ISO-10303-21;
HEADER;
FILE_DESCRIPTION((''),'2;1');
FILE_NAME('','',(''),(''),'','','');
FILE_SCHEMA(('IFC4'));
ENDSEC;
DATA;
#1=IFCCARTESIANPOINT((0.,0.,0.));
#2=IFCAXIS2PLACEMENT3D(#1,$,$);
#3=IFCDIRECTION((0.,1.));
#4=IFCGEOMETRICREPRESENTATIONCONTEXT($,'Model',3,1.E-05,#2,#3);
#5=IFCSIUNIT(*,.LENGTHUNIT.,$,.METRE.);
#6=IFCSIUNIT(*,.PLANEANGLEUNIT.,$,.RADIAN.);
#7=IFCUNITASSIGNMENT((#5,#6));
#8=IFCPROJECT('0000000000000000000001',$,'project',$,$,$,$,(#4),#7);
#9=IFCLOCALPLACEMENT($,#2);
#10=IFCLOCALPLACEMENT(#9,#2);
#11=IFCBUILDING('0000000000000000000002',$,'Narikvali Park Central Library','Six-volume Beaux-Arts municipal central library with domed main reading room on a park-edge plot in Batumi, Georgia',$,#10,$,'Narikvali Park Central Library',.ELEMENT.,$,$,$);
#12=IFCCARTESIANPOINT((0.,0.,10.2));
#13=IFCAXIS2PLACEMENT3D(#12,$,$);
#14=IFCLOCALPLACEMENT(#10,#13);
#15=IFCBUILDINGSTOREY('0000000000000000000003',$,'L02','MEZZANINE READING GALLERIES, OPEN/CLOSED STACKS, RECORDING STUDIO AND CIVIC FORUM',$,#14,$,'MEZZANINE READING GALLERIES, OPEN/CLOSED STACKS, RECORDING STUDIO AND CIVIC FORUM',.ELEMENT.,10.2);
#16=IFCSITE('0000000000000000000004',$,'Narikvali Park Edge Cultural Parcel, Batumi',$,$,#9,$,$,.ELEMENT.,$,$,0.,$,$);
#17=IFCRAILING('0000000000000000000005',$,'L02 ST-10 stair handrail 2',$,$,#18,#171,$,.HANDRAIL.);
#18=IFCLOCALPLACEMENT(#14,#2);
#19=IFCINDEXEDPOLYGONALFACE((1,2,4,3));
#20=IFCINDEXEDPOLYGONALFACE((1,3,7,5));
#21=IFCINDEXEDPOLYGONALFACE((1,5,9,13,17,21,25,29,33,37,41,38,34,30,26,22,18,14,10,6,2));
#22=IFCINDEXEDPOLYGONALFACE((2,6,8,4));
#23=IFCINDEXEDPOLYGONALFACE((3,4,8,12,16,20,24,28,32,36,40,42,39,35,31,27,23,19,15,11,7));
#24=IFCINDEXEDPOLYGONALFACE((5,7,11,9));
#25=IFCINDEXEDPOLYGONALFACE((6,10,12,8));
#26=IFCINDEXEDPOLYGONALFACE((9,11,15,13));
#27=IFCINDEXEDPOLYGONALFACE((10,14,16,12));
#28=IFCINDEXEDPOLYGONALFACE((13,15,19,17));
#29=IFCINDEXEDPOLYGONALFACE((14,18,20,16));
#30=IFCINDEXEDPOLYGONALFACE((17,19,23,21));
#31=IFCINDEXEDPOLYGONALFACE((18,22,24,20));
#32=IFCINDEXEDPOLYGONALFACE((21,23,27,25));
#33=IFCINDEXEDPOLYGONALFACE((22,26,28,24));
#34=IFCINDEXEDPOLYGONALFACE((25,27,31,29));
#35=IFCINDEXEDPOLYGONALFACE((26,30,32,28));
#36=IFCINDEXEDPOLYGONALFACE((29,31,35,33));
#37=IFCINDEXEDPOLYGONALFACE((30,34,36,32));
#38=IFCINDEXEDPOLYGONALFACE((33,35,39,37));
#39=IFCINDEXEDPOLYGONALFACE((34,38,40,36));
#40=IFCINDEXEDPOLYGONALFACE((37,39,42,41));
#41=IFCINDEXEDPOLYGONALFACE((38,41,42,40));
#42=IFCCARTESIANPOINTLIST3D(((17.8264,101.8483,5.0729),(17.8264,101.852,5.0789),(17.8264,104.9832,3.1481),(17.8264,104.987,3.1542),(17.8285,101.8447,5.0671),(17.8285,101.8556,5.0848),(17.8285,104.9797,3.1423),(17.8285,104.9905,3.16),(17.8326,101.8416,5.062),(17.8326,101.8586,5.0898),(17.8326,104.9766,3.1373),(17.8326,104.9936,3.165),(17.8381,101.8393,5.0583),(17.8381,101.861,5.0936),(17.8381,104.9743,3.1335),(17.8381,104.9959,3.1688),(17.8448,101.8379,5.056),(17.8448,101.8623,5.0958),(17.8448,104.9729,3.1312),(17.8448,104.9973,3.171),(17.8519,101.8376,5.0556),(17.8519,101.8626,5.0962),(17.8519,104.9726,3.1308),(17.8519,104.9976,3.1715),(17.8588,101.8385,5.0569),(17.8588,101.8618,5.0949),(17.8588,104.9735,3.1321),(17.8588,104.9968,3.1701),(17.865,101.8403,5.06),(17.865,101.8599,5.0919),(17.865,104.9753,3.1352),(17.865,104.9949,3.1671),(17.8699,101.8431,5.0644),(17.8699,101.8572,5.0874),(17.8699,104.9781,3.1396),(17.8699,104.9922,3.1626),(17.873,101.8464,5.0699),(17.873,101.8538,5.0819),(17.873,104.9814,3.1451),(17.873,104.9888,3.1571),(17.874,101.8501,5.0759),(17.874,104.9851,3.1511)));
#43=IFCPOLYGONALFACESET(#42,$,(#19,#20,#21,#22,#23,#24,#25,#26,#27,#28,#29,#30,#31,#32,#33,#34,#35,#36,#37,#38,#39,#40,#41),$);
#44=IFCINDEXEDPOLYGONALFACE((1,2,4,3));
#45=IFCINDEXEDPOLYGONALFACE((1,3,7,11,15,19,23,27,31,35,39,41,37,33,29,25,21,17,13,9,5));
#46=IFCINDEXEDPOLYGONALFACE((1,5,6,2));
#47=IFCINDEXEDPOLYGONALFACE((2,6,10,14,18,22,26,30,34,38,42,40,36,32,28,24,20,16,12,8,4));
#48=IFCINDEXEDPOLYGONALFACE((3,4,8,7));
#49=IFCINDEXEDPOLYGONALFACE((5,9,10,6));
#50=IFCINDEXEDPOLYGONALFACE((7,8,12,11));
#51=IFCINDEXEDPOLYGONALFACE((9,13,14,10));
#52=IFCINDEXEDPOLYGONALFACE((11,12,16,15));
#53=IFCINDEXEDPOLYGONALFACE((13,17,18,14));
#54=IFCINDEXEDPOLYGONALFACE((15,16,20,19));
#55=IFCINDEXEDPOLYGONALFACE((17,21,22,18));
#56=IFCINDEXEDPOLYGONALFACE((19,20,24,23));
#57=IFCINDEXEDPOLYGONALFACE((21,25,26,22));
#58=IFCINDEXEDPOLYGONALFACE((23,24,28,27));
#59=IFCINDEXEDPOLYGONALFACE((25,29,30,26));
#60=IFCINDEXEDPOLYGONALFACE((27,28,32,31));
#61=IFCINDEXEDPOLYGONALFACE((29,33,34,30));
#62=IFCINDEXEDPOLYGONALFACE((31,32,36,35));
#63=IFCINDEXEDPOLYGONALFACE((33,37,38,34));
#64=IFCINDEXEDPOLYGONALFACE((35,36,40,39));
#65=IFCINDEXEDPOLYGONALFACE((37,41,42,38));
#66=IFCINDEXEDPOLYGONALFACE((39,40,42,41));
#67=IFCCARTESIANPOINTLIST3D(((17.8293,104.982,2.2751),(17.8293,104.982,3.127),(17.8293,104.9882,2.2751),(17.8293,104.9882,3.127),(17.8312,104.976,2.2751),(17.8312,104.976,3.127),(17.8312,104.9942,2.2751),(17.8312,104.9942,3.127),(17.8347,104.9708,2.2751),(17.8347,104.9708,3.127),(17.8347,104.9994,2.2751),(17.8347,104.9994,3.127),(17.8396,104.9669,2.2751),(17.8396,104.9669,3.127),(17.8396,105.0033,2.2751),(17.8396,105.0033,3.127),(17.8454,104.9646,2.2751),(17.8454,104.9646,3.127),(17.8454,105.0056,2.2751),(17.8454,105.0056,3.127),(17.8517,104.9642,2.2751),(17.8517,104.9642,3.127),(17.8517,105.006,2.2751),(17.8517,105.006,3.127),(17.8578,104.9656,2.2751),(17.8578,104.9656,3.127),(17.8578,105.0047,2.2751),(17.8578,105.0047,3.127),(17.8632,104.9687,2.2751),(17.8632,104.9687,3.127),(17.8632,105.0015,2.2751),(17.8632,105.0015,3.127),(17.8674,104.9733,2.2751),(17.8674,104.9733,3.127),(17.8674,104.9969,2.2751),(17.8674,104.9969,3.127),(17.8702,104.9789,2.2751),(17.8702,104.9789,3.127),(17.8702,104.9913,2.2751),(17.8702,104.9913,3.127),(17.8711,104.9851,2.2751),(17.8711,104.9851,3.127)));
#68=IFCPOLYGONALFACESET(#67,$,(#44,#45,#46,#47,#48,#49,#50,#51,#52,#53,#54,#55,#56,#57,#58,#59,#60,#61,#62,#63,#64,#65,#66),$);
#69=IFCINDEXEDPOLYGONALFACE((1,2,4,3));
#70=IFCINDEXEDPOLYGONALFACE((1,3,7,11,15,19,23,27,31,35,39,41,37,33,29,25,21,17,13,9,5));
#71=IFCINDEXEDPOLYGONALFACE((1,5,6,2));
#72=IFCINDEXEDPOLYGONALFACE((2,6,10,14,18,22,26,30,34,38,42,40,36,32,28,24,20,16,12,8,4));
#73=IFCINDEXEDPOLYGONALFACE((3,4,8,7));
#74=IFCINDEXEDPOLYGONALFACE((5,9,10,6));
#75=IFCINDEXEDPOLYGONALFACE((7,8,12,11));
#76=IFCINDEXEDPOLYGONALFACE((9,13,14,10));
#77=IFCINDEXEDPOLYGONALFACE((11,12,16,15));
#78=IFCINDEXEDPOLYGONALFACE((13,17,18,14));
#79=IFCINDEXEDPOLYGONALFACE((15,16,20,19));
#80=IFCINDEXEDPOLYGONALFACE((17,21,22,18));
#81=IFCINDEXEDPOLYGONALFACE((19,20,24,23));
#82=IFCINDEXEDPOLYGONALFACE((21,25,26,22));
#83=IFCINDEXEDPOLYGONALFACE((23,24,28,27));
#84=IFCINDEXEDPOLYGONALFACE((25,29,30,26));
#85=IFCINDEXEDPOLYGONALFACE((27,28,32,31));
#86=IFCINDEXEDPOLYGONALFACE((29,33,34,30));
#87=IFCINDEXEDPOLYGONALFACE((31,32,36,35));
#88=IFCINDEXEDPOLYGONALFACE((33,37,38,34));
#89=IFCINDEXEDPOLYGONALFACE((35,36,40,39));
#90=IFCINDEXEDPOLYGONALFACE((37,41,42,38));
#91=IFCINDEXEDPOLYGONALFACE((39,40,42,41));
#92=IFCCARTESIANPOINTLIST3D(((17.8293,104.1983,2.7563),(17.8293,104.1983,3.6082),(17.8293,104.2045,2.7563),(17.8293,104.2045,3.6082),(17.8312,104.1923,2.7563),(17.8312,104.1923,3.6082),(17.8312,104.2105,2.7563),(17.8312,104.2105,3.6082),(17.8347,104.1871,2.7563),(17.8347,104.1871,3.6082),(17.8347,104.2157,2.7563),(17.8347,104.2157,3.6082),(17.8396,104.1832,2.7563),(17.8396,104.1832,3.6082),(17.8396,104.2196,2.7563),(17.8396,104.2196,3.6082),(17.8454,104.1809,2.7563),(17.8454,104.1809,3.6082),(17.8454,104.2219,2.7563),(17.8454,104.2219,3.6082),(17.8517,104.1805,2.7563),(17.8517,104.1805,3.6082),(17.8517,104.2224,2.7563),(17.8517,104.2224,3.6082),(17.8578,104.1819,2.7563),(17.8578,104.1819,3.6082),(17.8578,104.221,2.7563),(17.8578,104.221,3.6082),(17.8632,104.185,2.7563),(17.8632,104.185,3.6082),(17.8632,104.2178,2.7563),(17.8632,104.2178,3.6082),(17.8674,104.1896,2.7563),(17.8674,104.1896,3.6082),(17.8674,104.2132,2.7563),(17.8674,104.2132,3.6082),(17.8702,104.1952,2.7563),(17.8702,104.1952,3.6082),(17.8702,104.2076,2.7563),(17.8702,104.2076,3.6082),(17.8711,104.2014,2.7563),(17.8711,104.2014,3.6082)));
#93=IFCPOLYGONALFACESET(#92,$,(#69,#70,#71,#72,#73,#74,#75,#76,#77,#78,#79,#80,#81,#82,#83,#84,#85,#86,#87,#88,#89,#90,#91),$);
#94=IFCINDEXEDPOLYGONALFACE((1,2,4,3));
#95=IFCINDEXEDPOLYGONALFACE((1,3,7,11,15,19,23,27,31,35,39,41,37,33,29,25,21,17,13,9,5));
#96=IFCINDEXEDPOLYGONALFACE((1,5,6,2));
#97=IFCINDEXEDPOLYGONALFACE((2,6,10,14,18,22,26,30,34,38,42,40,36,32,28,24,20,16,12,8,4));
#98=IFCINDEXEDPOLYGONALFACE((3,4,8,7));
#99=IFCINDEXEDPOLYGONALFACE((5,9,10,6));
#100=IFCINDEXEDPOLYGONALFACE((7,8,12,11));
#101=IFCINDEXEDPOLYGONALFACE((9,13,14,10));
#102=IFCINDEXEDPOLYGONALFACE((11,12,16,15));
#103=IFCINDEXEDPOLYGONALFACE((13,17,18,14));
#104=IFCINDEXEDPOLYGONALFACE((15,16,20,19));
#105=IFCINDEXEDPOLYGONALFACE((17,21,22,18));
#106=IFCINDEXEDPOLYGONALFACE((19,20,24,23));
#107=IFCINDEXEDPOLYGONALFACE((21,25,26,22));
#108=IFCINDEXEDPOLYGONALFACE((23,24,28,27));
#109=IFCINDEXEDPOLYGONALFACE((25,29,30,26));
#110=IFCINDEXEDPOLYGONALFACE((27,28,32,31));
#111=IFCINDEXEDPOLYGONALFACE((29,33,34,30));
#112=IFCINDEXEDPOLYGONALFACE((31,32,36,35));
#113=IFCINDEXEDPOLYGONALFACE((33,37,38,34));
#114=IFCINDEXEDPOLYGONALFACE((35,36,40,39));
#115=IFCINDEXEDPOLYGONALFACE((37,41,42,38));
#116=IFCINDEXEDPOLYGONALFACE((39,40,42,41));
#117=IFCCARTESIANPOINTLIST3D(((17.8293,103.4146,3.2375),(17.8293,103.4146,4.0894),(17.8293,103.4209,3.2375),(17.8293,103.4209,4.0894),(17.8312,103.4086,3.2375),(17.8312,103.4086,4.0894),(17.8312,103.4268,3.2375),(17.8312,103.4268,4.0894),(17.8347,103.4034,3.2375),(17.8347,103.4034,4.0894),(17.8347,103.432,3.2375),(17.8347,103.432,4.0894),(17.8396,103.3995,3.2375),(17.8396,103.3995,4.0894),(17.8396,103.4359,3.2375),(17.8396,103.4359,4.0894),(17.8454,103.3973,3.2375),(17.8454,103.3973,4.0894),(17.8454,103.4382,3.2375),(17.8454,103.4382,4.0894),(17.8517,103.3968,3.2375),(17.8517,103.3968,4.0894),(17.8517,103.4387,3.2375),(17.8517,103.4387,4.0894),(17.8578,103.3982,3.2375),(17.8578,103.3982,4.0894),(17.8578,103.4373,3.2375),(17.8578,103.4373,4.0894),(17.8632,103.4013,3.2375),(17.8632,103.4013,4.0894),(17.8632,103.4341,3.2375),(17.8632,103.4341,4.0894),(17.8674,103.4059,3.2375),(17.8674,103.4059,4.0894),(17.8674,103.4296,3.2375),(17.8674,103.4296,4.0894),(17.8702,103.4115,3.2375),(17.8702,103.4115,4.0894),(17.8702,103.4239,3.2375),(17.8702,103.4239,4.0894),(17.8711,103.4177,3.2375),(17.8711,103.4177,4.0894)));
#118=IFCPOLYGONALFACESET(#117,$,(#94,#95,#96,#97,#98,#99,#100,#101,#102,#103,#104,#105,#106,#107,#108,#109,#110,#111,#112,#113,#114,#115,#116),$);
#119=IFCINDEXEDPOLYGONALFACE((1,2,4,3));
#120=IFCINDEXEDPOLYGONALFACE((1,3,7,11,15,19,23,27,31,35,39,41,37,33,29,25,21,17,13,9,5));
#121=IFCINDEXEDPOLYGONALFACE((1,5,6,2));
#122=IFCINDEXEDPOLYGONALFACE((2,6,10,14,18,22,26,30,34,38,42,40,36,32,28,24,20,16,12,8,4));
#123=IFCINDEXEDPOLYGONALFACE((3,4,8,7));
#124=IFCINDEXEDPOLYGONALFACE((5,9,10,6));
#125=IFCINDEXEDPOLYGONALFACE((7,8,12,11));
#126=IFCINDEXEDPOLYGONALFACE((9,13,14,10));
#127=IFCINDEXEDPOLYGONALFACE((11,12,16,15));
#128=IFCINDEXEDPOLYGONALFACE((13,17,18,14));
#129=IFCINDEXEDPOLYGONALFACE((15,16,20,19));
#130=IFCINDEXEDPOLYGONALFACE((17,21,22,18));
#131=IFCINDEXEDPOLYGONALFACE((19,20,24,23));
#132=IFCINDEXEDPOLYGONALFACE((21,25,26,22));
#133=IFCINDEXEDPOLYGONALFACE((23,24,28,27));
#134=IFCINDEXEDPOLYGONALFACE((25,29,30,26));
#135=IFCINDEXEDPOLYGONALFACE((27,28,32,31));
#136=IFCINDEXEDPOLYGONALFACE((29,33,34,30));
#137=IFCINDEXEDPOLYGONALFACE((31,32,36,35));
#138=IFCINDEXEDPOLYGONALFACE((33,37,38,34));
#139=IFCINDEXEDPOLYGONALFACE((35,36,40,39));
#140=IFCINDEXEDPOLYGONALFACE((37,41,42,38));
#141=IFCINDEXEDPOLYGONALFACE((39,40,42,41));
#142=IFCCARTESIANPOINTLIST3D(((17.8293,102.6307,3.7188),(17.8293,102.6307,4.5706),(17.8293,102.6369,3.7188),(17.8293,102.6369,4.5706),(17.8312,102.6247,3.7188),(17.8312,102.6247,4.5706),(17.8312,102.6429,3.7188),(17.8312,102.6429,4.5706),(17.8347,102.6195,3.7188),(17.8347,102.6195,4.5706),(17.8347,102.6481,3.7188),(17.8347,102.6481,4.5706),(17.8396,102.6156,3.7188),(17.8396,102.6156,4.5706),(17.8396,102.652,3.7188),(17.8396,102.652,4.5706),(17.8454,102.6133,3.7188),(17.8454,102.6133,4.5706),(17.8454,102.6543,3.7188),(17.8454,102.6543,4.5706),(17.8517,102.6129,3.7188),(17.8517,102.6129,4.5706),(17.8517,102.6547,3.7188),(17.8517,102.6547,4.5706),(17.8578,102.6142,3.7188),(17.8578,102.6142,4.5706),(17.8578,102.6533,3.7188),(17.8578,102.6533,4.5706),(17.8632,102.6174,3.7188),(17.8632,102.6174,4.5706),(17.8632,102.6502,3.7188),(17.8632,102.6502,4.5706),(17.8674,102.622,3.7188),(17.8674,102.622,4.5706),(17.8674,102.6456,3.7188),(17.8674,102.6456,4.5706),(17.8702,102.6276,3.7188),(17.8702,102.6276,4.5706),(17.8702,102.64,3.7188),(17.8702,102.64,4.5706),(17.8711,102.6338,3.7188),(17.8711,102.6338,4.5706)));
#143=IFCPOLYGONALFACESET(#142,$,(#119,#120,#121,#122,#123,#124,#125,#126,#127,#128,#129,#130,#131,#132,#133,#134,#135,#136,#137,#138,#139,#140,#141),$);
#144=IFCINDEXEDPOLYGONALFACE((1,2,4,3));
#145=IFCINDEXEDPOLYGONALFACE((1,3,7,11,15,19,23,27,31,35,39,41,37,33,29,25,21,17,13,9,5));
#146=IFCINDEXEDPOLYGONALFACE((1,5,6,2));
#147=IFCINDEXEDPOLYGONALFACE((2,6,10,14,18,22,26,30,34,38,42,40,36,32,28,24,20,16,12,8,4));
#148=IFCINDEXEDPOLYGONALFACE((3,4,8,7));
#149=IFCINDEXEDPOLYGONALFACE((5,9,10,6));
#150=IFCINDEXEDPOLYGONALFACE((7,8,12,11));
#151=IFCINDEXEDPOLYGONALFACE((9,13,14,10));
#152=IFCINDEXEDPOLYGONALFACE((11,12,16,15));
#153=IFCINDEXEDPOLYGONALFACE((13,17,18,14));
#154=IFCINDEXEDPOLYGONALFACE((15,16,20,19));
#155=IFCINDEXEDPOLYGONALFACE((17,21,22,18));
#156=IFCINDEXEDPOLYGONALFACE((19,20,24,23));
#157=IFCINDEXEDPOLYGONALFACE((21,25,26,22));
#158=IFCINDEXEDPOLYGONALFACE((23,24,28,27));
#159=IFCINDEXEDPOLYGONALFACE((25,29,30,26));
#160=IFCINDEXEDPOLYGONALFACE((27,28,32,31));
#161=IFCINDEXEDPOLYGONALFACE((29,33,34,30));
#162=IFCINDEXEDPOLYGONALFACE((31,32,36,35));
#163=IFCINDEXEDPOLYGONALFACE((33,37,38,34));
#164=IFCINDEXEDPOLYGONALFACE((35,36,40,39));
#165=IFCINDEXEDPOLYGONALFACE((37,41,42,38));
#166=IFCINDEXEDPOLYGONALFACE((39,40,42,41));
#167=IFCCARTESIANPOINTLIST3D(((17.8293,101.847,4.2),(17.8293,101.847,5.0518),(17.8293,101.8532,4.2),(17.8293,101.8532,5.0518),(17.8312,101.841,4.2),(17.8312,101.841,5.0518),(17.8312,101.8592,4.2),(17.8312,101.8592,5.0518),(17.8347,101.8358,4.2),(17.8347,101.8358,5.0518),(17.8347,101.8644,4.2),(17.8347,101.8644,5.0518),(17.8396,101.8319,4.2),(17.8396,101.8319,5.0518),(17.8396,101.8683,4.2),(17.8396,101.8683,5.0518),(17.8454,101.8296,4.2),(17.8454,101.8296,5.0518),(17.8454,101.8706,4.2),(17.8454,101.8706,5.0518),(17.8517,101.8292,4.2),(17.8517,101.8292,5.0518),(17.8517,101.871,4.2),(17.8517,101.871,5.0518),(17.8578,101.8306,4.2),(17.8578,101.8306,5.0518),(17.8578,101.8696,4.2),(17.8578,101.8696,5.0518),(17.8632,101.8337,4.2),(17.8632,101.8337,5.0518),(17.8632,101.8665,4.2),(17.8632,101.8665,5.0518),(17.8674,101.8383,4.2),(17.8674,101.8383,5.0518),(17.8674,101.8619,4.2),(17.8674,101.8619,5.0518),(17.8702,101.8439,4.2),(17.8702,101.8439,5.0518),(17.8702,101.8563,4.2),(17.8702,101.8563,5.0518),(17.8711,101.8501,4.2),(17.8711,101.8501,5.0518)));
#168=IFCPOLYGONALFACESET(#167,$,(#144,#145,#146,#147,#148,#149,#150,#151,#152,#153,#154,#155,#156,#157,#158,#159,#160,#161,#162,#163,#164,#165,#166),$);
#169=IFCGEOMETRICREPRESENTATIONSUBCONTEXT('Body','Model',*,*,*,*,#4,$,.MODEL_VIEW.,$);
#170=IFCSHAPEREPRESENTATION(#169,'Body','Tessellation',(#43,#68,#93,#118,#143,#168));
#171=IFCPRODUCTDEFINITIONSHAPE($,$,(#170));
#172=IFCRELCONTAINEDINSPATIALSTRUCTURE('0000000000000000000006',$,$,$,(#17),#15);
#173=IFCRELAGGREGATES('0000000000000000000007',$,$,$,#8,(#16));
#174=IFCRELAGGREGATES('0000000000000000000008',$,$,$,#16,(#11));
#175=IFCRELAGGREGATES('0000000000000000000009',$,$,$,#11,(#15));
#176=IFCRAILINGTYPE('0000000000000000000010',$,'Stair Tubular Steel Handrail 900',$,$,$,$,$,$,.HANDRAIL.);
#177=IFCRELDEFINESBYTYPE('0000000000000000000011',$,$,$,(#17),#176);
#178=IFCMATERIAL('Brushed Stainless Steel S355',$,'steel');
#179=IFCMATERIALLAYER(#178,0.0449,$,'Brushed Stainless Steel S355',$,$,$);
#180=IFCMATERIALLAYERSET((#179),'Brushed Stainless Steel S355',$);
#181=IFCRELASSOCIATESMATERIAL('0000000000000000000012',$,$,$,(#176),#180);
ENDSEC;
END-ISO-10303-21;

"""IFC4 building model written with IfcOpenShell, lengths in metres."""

from ifc_helpers import new_model, si_unit, direction, frame, origin, origin_2d, place, context, subcontext, project, spatial, circle, extrude, material, layer, layer_set, type_object, element, save


model = new_model("IFC4")

# Units and contexts
model_context = context("Model", 3, precision=1e-05, world=origin(), true_north=direction((0.0, 1.0)))
body_context = subcontext(model_context, "Body", "Model", "MODEL_VIEW")
ifc_project = project(units=[si_unit("LENGTHUNIT", "METRE"), si_unit("PLANEANGLEUNIT", "RADIAN")], contexts=[model_context])

# Site, building, storey
site_placement = place(None, origin())
site = spatial("IfcSite", under=ifc_project, at=site_placement, Name="Narikvali Park Edge Cultural Parcel, Batumi", CompositionType="ELEMENT", RefElevation=0.0)
building_placement = place(site_placement, origin())
building = spatial("IfcBuilding", under=site, at=building_placement, Name="Narikvali Park Central Library", Description="Six-volume Beaux-Arts municipal central library with domed main reading room on a park-edge plot in Batumi, Georgia", LongName="Narikvali Park Central Library", CompositionType="ELEMENT")
storey_placement = place(building_placement, frame((0.0, 0.0, 10.2)))
storey = spatial("IfcBuildingStorey", under=building, at=storey_placement, Name="L02", Description="MEZZANINE READING GALLERIES, OPEN/CLOSED STACKS, RECORDING STUDIO AND CIVIC FORUM", LongName="MEZZANINE READING GALLERIES, OPEN/CLOSED STACKS, RECORDING STUDIO AND CIVIC FORUM", CompositionType="ELEMENT", Elevation=10.2)

# Railing
ifc_material_1 = material(Name="Brushed Stainless Steel S355", Category="steel")
ifc_layer_1 = layer(ifc_material_1, 0.0449, Name="Brushed Stainless Steel S355")
ifc_layer_set_1 = layer_set([ifc_layer_1], Name="Brushed Stainless Steel S355")
railing_type_1 = type_object("IfcRailingType", Name="Stair Tubular Steel Handrail 900", PredefinedType="HANDRAIL", material=ifc_layer_set_1)
railing_1_placement = place(storey_placement, frame((17.8501, 104.9851, 2.2751)))
element("IfcRailing", 1, at=railing_1_placement, inside=storey, type_object=railing_type_1, Name="L02 ST-10 stair handrail 2", PredefinedType="HANDRAIL", context=body_context, shape_type="SweptSolid", body=[
    extrude(circle(Radius=0.0239, at=origin_2d()), frame((0.0, 0.0, 0.876), z_axis=(0.0, -0.852196, 0.523223), x_axis=(1.0, 0.0, 0.0)), (0.0, 0.0, 1.0), 3.6787),
    extrude(circle(Radius=0.021, at=origin_2d()), origin(), (0.0, 0.0, 1.0), 0.8518),
    extrude(circle(Radius=0.021, at=origin_2d()), frame((0.0, -0.7837, 0.4812)), (0.0, 0.0, 1.0), 0.8518),
    extrude(circle(Radius=0.021, at=origin_2d()), frame((0.0, -1.5674, 0.9624)), (0.0, 0.0, 1.0), 0.8518),
    extrude(circle(Radius=0.021, at=origin_2d()), frame((0.0, -2.3513, 1.4436)), (0.0, 0.0, 1.0), 0.8518),
    extrude(circle(Radius=0.021, at=origin_2d()), frame((0.0, -3.135, 1.9248)), (0.0, 0.0, 1.0), 0.8518),
])

save(model, "model.ifc")
